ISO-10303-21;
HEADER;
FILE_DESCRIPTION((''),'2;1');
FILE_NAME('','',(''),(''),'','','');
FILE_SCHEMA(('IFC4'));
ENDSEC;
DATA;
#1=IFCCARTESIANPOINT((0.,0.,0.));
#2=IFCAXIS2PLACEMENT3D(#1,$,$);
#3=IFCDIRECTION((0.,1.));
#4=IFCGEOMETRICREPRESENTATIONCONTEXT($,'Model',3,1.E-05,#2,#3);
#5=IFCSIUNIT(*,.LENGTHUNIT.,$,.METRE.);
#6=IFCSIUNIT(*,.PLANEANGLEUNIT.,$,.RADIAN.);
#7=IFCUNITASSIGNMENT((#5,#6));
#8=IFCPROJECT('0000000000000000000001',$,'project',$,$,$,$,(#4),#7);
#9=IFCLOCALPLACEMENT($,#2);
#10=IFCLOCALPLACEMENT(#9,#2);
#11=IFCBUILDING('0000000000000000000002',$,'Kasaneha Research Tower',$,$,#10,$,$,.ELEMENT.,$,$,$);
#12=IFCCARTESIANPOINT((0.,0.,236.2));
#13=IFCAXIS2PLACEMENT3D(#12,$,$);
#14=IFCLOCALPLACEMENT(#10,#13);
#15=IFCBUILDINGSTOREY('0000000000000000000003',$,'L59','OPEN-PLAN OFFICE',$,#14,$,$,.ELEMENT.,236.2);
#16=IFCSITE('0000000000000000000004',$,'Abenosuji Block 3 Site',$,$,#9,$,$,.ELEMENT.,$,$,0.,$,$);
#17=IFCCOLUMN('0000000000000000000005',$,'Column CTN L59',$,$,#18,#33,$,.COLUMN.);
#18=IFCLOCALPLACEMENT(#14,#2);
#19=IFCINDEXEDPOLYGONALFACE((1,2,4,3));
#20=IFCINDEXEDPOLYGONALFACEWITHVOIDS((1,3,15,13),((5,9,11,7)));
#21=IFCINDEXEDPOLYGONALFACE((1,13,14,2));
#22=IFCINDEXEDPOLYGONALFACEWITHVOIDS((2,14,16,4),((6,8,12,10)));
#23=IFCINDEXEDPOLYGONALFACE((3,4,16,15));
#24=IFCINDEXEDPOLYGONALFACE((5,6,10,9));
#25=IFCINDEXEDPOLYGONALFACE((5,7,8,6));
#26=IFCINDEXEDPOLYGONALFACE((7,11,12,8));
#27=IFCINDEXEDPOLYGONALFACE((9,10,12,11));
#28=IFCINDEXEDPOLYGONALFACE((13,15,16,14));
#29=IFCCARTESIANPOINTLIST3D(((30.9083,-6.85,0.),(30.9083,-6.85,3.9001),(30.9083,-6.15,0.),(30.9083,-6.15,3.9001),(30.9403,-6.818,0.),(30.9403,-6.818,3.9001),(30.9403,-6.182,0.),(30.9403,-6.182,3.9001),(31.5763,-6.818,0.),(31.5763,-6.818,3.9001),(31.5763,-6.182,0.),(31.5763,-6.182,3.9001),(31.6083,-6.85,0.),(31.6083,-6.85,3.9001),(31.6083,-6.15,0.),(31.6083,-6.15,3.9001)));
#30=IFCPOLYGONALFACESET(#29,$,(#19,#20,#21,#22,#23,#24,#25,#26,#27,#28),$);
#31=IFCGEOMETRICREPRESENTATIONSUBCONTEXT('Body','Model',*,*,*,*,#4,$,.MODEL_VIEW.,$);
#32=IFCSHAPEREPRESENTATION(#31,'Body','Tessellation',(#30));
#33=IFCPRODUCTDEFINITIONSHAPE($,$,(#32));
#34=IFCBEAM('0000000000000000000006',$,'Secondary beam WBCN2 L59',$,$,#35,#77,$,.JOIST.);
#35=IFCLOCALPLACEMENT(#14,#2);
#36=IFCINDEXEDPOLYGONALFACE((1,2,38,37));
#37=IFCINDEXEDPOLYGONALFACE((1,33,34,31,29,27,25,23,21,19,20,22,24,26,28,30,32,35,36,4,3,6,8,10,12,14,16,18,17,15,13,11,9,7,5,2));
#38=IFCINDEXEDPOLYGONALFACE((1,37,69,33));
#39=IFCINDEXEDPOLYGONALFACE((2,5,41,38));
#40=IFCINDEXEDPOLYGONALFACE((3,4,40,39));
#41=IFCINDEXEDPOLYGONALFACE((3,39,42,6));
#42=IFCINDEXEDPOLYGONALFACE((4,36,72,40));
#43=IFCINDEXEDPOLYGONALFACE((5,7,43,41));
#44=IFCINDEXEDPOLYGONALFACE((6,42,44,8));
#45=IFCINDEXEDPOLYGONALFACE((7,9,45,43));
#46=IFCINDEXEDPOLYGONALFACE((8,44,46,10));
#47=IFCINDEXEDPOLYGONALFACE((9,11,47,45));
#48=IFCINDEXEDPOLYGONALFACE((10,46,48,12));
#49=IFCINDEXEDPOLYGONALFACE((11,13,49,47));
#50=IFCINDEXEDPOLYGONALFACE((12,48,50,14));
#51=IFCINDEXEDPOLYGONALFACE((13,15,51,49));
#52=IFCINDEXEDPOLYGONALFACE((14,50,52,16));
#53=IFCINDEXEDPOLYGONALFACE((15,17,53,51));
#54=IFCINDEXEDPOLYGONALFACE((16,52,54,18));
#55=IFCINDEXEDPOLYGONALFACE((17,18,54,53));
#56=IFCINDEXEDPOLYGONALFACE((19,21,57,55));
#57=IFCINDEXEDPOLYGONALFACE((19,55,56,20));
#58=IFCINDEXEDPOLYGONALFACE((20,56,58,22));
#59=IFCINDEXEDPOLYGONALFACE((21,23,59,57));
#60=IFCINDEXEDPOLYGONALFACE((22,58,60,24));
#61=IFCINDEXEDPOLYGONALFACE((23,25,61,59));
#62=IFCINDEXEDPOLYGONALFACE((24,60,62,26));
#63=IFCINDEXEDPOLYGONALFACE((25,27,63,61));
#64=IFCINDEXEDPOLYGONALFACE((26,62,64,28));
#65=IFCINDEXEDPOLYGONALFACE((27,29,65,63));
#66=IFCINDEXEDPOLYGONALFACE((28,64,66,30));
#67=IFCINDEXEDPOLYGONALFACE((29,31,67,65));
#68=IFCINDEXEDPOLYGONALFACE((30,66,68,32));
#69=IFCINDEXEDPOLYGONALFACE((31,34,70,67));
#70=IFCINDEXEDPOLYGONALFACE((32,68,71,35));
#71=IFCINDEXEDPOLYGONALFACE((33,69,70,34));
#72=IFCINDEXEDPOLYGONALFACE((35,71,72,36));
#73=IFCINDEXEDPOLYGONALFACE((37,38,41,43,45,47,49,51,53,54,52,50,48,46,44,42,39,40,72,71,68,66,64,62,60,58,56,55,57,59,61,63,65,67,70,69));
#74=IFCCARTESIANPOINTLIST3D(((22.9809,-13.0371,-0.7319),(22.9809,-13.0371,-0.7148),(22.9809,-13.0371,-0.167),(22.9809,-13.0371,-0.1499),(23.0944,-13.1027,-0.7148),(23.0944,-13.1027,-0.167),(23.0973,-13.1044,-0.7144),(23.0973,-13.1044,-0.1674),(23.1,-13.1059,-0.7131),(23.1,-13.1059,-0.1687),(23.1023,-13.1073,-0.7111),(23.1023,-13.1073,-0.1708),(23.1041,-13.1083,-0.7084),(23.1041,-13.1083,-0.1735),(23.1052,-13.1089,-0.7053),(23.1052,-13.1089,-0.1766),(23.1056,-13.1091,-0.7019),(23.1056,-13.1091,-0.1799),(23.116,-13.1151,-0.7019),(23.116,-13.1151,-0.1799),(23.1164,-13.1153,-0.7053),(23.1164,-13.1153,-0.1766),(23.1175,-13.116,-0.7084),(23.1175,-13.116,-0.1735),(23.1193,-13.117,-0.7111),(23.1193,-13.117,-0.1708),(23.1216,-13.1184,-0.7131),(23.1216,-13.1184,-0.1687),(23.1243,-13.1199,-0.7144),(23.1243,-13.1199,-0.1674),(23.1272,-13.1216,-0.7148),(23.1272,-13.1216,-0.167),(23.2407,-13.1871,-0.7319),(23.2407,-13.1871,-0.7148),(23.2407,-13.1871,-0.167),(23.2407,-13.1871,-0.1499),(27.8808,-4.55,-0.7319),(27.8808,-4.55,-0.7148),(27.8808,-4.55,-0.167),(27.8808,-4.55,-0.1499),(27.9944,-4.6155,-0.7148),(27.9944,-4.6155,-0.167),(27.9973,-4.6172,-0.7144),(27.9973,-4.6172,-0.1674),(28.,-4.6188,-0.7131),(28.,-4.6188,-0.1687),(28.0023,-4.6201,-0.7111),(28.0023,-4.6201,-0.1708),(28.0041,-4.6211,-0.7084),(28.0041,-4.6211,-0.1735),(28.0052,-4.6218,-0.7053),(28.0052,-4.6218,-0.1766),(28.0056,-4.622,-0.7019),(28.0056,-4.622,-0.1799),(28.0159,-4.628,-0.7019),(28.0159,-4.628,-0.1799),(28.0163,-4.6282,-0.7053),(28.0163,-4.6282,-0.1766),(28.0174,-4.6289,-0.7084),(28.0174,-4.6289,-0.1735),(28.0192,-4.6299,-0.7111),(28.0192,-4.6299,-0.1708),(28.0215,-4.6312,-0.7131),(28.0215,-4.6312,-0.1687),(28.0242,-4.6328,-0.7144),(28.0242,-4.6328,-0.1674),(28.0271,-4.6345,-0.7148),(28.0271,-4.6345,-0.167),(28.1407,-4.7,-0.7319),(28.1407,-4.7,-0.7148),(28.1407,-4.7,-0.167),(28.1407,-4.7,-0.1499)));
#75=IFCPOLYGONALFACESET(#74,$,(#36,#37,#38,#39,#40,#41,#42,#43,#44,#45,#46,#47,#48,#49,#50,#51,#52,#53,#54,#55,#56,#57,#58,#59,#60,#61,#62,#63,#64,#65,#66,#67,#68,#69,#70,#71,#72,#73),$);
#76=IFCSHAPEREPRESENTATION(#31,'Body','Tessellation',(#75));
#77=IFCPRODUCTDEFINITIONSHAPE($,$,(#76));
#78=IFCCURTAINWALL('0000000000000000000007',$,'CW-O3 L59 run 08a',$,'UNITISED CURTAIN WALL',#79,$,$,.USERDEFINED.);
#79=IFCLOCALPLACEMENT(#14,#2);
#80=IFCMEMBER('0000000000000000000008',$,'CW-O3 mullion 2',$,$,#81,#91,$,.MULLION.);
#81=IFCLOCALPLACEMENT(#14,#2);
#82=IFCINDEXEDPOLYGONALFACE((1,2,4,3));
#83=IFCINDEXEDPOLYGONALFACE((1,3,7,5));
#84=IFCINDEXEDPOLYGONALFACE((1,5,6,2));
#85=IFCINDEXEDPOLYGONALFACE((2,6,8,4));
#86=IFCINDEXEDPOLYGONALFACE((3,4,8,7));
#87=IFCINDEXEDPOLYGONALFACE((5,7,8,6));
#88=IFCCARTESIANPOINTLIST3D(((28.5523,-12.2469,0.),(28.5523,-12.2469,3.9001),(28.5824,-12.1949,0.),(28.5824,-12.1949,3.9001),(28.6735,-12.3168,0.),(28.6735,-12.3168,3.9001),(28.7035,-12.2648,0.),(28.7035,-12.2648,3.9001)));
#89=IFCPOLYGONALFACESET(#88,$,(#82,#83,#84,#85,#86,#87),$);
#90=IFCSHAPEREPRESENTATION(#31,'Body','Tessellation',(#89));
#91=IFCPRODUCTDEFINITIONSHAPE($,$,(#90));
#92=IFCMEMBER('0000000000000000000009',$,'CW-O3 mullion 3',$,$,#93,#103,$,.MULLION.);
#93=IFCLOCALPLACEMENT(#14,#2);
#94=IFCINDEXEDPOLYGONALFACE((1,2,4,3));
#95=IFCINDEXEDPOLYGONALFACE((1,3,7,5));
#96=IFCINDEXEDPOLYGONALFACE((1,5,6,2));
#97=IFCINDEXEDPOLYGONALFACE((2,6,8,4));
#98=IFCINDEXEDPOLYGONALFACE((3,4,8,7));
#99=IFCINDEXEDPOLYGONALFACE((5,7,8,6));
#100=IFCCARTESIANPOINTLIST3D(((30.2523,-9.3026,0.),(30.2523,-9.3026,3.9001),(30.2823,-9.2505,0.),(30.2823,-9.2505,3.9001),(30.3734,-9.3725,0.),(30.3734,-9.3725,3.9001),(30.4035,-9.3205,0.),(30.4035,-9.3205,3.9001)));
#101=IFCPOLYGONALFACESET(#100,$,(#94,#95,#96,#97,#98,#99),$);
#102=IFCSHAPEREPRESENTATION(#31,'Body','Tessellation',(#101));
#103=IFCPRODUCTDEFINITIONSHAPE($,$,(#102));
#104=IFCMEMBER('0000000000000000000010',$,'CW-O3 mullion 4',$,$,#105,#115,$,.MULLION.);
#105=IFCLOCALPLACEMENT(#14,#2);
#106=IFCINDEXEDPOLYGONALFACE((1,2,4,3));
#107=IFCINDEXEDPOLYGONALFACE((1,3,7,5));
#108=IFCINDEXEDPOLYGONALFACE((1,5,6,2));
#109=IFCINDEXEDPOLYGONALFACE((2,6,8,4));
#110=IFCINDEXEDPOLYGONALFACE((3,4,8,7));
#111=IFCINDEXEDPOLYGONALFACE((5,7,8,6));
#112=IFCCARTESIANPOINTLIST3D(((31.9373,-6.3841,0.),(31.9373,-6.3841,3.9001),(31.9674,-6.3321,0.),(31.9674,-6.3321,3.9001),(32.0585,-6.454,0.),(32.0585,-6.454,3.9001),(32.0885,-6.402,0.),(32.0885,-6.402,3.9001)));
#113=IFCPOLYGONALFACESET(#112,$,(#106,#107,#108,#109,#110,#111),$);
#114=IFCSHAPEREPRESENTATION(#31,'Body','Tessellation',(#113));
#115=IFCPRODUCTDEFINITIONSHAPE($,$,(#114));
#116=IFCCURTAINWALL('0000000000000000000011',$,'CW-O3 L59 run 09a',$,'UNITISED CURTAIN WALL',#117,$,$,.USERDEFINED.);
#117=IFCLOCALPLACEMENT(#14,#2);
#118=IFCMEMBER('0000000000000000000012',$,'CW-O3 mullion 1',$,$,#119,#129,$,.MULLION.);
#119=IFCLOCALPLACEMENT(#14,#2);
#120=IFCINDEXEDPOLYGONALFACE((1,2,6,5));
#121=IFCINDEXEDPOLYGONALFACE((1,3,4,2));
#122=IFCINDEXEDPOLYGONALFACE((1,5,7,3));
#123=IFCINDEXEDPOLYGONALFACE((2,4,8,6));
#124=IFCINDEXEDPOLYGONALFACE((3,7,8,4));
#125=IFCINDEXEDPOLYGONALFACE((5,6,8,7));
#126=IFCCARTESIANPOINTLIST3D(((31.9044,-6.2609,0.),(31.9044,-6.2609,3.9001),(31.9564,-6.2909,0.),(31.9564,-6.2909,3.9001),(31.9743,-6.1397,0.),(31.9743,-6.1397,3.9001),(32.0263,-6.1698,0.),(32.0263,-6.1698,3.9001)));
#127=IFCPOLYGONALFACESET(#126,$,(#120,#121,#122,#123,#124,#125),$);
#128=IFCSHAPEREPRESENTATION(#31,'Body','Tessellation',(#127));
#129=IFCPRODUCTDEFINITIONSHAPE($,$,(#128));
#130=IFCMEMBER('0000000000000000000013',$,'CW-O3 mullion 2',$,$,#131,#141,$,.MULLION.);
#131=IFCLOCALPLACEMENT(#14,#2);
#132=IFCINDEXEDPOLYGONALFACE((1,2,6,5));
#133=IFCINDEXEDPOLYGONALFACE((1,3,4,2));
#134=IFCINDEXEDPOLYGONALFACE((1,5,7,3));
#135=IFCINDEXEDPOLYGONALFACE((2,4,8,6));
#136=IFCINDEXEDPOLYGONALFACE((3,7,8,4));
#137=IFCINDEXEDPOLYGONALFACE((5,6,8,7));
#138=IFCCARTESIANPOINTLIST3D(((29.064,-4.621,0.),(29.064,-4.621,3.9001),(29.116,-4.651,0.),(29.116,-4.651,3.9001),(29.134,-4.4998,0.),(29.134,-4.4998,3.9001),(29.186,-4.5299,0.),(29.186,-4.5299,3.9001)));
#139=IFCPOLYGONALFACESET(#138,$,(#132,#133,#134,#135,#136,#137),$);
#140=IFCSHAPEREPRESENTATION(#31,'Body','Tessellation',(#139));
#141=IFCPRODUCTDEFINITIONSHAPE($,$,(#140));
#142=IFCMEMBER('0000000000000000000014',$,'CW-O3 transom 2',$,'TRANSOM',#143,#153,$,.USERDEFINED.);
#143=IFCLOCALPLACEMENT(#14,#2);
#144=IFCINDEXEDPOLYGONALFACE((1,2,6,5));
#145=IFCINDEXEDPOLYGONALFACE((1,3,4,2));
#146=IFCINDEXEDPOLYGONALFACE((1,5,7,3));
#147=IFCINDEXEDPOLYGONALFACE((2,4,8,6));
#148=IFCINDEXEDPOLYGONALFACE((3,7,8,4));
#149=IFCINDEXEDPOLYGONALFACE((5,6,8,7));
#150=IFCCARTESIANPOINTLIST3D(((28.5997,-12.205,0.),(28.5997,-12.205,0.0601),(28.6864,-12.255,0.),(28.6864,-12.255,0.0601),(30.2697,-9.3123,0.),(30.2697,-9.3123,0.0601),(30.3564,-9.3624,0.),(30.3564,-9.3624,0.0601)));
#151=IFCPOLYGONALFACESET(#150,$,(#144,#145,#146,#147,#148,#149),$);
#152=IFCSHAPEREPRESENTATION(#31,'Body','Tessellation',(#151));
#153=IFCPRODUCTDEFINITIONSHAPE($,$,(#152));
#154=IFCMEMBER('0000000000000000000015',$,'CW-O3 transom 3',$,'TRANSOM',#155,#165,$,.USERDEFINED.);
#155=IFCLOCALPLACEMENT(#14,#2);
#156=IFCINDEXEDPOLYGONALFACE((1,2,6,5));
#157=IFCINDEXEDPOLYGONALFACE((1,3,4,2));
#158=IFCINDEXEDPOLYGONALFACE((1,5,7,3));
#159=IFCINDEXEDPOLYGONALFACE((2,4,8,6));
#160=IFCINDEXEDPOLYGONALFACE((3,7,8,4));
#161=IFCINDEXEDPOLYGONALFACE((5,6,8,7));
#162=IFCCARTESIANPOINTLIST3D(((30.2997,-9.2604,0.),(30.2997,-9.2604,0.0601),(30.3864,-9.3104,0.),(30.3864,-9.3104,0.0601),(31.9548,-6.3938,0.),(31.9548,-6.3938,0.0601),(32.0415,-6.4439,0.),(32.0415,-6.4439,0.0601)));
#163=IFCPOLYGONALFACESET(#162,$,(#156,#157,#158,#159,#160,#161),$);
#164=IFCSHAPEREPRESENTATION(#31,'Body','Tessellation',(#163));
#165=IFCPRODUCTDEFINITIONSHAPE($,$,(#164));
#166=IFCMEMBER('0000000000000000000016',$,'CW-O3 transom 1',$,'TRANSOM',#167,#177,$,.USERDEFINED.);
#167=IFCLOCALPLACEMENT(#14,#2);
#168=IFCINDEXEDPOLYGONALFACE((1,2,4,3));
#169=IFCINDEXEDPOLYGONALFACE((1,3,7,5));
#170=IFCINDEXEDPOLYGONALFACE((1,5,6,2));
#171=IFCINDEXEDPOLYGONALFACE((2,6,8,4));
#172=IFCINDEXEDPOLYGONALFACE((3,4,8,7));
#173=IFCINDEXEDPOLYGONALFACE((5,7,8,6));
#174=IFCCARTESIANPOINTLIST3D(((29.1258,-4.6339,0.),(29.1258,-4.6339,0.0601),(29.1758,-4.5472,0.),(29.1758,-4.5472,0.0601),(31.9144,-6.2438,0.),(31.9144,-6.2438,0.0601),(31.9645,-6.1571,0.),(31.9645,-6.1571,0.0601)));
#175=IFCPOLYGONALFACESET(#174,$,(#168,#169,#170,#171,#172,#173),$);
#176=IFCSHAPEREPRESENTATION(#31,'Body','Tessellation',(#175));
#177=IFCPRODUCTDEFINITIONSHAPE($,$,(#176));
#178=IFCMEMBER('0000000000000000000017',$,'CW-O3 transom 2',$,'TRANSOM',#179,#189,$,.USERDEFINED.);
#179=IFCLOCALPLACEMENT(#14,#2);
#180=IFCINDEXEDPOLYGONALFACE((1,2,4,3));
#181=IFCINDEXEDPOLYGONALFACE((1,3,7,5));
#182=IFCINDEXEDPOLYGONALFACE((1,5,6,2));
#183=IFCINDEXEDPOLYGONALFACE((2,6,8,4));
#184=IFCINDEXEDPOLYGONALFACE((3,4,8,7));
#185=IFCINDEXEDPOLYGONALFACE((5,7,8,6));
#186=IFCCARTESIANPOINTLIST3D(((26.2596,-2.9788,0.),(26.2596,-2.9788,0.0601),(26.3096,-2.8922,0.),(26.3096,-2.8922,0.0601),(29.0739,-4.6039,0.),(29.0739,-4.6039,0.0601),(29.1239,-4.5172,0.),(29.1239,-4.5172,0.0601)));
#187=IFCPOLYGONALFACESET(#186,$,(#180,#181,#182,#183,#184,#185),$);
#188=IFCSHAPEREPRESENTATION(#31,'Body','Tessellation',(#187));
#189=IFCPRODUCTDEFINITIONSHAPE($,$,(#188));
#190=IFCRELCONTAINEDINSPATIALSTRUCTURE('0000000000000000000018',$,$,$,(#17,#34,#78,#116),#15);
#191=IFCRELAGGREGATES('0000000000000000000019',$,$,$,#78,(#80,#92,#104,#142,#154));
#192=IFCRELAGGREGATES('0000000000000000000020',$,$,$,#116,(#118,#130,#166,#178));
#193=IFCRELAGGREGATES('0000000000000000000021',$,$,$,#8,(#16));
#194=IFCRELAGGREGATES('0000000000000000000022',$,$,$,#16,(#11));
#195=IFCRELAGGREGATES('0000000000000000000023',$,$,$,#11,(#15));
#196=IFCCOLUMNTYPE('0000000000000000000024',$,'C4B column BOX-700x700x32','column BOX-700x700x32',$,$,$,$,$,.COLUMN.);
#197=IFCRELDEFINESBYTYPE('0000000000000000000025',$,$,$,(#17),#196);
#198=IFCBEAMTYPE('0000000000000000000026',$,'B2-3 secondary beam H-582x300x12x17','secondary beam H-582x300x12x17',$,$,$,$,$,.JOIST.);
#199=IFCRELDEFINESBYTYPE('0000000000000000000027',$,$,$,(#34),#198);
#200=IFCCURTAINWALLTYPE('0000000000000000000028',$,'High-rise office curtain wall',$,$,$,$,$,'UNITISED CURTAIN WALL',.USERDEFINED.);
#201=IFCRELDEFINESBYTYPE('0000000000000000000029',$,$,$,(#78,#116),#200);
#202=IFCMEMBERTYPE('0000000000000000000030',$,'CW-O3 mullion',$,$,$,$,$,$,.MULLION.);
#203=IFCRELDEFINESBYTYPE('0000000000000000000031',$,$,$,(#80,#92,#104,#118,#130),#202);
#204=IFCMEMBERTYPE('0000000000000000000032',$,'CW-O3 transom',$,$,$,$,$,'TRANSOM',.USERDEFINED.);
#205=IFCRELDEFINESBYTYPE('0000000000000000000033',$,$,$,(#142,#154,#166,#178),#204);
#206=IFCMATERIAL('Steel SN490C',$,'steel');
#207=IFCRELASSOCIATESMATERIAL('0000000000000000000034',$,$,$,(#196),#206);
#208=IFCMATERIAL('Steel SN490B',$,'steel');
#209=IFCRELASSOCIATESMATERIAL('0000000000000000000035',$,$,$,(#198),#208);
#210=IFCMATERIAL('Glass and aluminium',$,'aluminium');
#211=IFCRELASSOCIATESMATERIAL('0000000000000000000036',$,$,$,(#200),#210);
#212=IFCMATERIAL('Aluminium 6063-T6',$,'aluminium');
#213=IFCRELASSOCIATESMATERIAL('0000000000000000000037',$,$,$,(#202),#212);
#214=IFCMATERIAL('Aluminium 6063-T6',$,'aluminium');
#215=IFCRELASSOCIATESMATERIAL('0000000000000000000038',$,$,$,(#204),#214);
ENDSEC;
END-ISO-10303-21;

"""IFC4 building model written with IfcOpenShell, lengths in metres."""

from ifc_helpers import new_model, si_unit, direction, frame, origin, origin_2d, place, context, subcontext, project, spatial, rectangle, hollow_rectangle, i_section, extrude, material, material_profile, profile_set, type_object, element, aggregate, save


model = new_model("IFC4")

# Units and contexts
model_context = context("Model", 3, precision=1e-05, world=origin(), true_north=direction((0.0, 1.0)))
body_context = subcontext(model_context, "Body", "Model", "MODEL_VIEW")
ifc_project = project(units=[si_unit("LENGTHUNIT", "METRE"), si_unit("PLANEANGLEUNIT", "RADIAN")], contexts=[model_context])

# Site, building, storey
site_placement = place(None, origin())
site = spatial("IfcSite", under=ifc_project, at=site_placement, Name="Abenosuji Block 3 Site", CompositionType="ELEMENT", RefElevation=0.0)
building_placement = place(site_placement, origin())
building = spatial("IfcBuilding", under=site, at=building_placement, Name="Kasaneha Research Tower", CompositionType="ELEMENT")
storey_placement = place(building_placement, frame((0.0, 0.0, 236.2)))
storey = spatial("IfcBuildingStorey", under=building, at=storey_placement, Name="L59", Description="OPEN-PLAN OFFICE", CompositionType="ELEMENT", Elevation=236.2)

# Column
ifc_material_1 = material(Name="Steel SN490C", Category="steel")
ifc_material_profile_1 = material_profile(ifc_material_1, hollow_rectangle(XDim=0.7, YDim=0.7, WallThickness=0.032, at=origin_2d()), Name="BOX-700x700x32")
ifc_profile_set_1 = profile_set([ifc_material_profile_1], Name="Steel SN490C")
column_type = type_object("IfcColumnType", Name="C4B column BOX-700x700x32", Description="column BOX-700x700x32", PredefinedType="COLUMN", material=ifc_profile_set_1)
column_placement = place(storey_placement, frame((31.2583, -6.5, 0.0), z_axis=(0.0, 0.0, 1.0), x_axis=(1.0, 0.0, 0.0)))
element("IfcColumn", 1, at=column_placement, inside=storey, type_object=column_type, Name="Column CTN L59", PredefinedType="COLUMN", context=body_context, shape_type="SweptSolid", body=[
    extrude(hollow_rectangle(XDim=0.7, YDim=0.7, WallThickness=0.032, at=origin_2d()), origin(), (0.0, 0.0, 1.0), 3.9001),
])

# Beam
ifc_material_2 = material(Name="Steel SN490B", Category="steel")
ifc_material_profile_2 = material_profile(ifc_material_2, i_section(OverallWidth=0.3, OverallDepth=0.582, WebThickness=0.012, FlangeThickness=0.0171, FilletRadius=0.0129, at=origin_2d()), Name="H-582x300x12x17")
ifc_profile_set_2 = profile_set([ifc_material_profile_2], Name="Steel SN490B")
beam_type_1 = type_object("IfcBeamType", Name="B2-3 secondary beam H-582x300x12x17", Description="secondary beam H-582x300x12x17", PredefinedType="JOIST", material=ifc_profile_set_2)
beam_1_placement = place(storey_placement, frame((28.0107, -4.625, -0.4409), z_axis=(-0.499992, -0.86603, 0.0), x_axis=(0.86603, -0.499992, 0.0)))
element("IfcBeam", 2, at=beam_1_placement, inside=storey, type_object=beam_type_1, Name="Secondary beam WBCN2 L59", PredefinedType="JOIST", context=body_context, shape_type="SweptSolid", body=[
    extrude(i_section(OverallWidth=0.3, OverallDepth=0.582, WebThickness=0.012, FlangeThickness=0.0171, FilletRadius=0.0129, at=origin_2d()), origin(), (0.0, 0.0, 1.0), 9.8),
])

# Curtain walls, members
ifc_material_3 = material(Name="Glass and aluminium", Category="aluminium")
curtain_wall_type = type_object("IfcCurtainWallType", Name="High-rise office curtain wall", ElementType="UNITISED CURTAIN WALL", PredefinedType="USERDEFINED", material=ifc_material_3)
curtain_wall_1_placement = place(storey_placement, origin())
curtain_wall_1 = element("IfcCurtainWall", 3, at=curtain_wall_1_placement, inside=storey, type_object=curtain_wall_type, Name="CW-O3 L59 run 08a", ObjectType="UNITISED CURTAIN WALL", PredefinedType="USERDEFINED")
ifc_material_4 = material(Name="Aluminium 6063-T6", Category="aluminium")
ifc_material_profile_3 = material_profile(ifc_material_4, rectangle(XDim=0.0601, YDim=0.1399, at=origin_2d()), Name="CW-O3 mullion 60x140")
ifc_profile_set_3 = profile_set([ifc_material_profile_3], Name="Aluminium 6063-T6")
member_type_1 = type_object("IfcMemberType", Name="CW-O3 mullion", PredefinedType="MULLION", material=ifc_profile_set_3)
member_1_placement = place(storey_placement, frame((28.6279, -12.2559, 0.0), z_axis=(0.0, 0.0, 1.0), x_axis=(0.5, 0.866025, 0.0)))
member_1 = element("IfcMember", 4, at=member_1_placement, type_object=member_type_1, Name="CW-O3 mullion 2", PredefinedType="MULLION", context=body_context, shape_type="SweptSolid", body=[
    extrude(rectangle(XDim=0.0601, YDim=0.1399, at=origin_2d()), origin(), (0.0, 0.0, 1.0), 3.9001),
])
member_2_placement = place(storey_placement, frame((30.3279, -9.3115, 0.0), z_axis=(0.0, 0.0, 1.0), x_axis=(0.5, 0.866025, 0.0)))
member_2 = element("IfcMember", 5, at=member_2_placement, type_object=member_type_1, Name="CW-O3 mullion 3", PredefinedType="MULLION", context=body_context, shape_type="SweptSolid", body=[
    extrude(rectangle(XDim=0.0601, YDim=0.1399, at=origin_2d()), origin(), (0.0, 0.0, 1.0), 3.9001),
])
member_3_placement = place(storey_placement, frame((32.0129, -6.3931, 0.0), z_axis=(0.0, 0.0, 1.0), x_axis=(0.5, 0.866025, 0.0)))
member_3 = element("IfcMember", 6, at=member_3_placement, type_object=member_type_1, Name="CW-O3 mullion 4", PredefinedType="MULLION", context=body_context, shape_type="SweptSolid", body=[
    extrude(rectangle(XDim=0.0601, YDim=0.1399, at=origin_2d()), origin(), (0.0, 0.0, 1.0), 3.9001),
])
curtain_wall_2_placement = place(storey_placement, origin())
curtain_wall_2 = element("IfcCurtainWall", 7, at=curtain_wall_2_placement, inside=storey, type_object=curtain_wall_type, Name="CW-O3 L59 run 09a", ObjectType="UNITISED CURTAIN WALL", PredefinedType="USERDEFINED")
member_4_placement = place(storey_placement, frame((31.9653, -6.2153, 0.0), z_axis=(0.0, 0.0, 1.0), x_axis=(-0.866025, 0.5, 0.0)))
member_4 = element("IfcMember", 8, at=member_4_placement, type_object=member_type_1, Name="CW-O3 mullion 1", PredefinedType="MULLION", context=body_context, shape_type="SweptSolid", body=[
    extrude(rectangle(XDim=0.0601, YDim=0.1399, at=origin_2d()), origin(), (0.0, 0.0, 1.0), 3.9001),
])
member_5_placement = place(storey_placement, frame((29.125, -4.5754, 0.0), z_axis=(0.0, 0.0, 1.0), x_axis=(-0.866025, 0.5, 0.0)))
member_5 = element("IfcMember", 9, at=member_5_placement, type_object=member_type_1, Name="CW-O3 mullion 2", PredefinedType="MULLION", context=body_context, shape_type="SweptSolid", body=[
    extrude(rectangle(XDim=0.0601, YDim=0.1399, at=origin_2d()), origin(), (0.0, 0.0, 1.0), 3.9001),
])

# Members
ifc_material_5 = material(Name="Aluminium 6063-T6", Category="aluminium")
ifc_material_profile_4 = material_profile(ifc_material_5, rectangle(XDim=0.1001, YDim=0.0601, at=origin_2d()), Name="CW-O3 transom 100x60")
ifc_profile_set_4 = profile_set([ifc_material_profile_4], Name="Aluminium 6063-T6")
member_type_2 = type_object("IfcMemberType", Name="CW-O3 transom", ElementType="TRANSOM", PredefinedType="USERDEFINED", material=ifc_profile_set_4)
member_6_placement = place(storey_placement, frame((28.6431, -12.23, 0.03), z_axis=(0.499976, 0.86604, 0.0), x_axis=(-0.86604, 0.499976, 0.0)))
member_6 = element("IfcMember", 10, at=member_6_placement, type_object=member_type_2, Name="CW-O3 transom 2", ObjectType="TRANSOM", PredefinedType="USERDEFINED", context=body_context, shape_type="SweptSolid", body=[
    extrude(rectangle(XDim=0.1001, YDim=0.0601, at=origin_2d()), origin(), (0.0, 0.0, 1.0), 3.3401),
])
member_7_placement = place(storey_placement, frame((30.343, -9.2854, 0.03), z_axis=(0.500018, 0.866015, 0.0), x_axis=(-0.866015, 0.500018, 0.0)))
member_7 = element("IfcMember", 11, at=member_7_placement, type_object=member_type_2, Name="CW-O3 transom 3", ObjectType="TRANSOM", PredefinedType="USERDEFINED", context=body_context, shape_type="SweptSolid", body=[
    extrude(rectangle(XDim=0.1001, YDim=0.0601, at=origin_2d()), origin(), (0.0, 0.0, 1.0), 3.3101),
])
member_8_placement = place(storey_placement, frame((31.9395, -6.2004, 0.03), z_axis=(-0.866042, 0.499972, 0.0), x_axis=(-0.499972, -0.866042, 0.0)))
member_8 = element("IfcMember", 12, at=member_8_placement, type_object=member_type_2, Name="CW-O3 transom 1", ObjectType="TRANSOM", PredefinedType="USERDEFINED", context=body_context, shape_type="SweptSolid", body=[
    extrude(rectangle(XDim=0.1001, YDim=0.0601, at=origin_2d()), origin(), (0.0, 0.0, 1.0), 3.22),
])
member_9_placement = place(storey_placement, frame((29.0989, -4.5605, 0.03), z_axis=(-0.865997, 0.50005, 0.0), x_axis=(-0.50005, -0.865997, 0.0)))
member_9 = element("IfcMember", 13, at=member_9_placement, type_object=member_type_2, Name="CW-O3 transom 2", ObjectType="TRANSOM", PredefinedType="USERDEFINED", context=body_context, shape_type="SweptSolid", body=[
    extrude(rectangle(XDim=0.1001, YDim=0.0601, at=origin_2d()), origin(), (0.0, 0.0, 1.0), 3.2498),
])

aggregate(curtain_wall_1, [member_1, member_2, member_3, member_6, member_7])
aggregate(curtain_wall_2, [member_4, member_5, member_8, member_9])

save(model, "model.ifc")
